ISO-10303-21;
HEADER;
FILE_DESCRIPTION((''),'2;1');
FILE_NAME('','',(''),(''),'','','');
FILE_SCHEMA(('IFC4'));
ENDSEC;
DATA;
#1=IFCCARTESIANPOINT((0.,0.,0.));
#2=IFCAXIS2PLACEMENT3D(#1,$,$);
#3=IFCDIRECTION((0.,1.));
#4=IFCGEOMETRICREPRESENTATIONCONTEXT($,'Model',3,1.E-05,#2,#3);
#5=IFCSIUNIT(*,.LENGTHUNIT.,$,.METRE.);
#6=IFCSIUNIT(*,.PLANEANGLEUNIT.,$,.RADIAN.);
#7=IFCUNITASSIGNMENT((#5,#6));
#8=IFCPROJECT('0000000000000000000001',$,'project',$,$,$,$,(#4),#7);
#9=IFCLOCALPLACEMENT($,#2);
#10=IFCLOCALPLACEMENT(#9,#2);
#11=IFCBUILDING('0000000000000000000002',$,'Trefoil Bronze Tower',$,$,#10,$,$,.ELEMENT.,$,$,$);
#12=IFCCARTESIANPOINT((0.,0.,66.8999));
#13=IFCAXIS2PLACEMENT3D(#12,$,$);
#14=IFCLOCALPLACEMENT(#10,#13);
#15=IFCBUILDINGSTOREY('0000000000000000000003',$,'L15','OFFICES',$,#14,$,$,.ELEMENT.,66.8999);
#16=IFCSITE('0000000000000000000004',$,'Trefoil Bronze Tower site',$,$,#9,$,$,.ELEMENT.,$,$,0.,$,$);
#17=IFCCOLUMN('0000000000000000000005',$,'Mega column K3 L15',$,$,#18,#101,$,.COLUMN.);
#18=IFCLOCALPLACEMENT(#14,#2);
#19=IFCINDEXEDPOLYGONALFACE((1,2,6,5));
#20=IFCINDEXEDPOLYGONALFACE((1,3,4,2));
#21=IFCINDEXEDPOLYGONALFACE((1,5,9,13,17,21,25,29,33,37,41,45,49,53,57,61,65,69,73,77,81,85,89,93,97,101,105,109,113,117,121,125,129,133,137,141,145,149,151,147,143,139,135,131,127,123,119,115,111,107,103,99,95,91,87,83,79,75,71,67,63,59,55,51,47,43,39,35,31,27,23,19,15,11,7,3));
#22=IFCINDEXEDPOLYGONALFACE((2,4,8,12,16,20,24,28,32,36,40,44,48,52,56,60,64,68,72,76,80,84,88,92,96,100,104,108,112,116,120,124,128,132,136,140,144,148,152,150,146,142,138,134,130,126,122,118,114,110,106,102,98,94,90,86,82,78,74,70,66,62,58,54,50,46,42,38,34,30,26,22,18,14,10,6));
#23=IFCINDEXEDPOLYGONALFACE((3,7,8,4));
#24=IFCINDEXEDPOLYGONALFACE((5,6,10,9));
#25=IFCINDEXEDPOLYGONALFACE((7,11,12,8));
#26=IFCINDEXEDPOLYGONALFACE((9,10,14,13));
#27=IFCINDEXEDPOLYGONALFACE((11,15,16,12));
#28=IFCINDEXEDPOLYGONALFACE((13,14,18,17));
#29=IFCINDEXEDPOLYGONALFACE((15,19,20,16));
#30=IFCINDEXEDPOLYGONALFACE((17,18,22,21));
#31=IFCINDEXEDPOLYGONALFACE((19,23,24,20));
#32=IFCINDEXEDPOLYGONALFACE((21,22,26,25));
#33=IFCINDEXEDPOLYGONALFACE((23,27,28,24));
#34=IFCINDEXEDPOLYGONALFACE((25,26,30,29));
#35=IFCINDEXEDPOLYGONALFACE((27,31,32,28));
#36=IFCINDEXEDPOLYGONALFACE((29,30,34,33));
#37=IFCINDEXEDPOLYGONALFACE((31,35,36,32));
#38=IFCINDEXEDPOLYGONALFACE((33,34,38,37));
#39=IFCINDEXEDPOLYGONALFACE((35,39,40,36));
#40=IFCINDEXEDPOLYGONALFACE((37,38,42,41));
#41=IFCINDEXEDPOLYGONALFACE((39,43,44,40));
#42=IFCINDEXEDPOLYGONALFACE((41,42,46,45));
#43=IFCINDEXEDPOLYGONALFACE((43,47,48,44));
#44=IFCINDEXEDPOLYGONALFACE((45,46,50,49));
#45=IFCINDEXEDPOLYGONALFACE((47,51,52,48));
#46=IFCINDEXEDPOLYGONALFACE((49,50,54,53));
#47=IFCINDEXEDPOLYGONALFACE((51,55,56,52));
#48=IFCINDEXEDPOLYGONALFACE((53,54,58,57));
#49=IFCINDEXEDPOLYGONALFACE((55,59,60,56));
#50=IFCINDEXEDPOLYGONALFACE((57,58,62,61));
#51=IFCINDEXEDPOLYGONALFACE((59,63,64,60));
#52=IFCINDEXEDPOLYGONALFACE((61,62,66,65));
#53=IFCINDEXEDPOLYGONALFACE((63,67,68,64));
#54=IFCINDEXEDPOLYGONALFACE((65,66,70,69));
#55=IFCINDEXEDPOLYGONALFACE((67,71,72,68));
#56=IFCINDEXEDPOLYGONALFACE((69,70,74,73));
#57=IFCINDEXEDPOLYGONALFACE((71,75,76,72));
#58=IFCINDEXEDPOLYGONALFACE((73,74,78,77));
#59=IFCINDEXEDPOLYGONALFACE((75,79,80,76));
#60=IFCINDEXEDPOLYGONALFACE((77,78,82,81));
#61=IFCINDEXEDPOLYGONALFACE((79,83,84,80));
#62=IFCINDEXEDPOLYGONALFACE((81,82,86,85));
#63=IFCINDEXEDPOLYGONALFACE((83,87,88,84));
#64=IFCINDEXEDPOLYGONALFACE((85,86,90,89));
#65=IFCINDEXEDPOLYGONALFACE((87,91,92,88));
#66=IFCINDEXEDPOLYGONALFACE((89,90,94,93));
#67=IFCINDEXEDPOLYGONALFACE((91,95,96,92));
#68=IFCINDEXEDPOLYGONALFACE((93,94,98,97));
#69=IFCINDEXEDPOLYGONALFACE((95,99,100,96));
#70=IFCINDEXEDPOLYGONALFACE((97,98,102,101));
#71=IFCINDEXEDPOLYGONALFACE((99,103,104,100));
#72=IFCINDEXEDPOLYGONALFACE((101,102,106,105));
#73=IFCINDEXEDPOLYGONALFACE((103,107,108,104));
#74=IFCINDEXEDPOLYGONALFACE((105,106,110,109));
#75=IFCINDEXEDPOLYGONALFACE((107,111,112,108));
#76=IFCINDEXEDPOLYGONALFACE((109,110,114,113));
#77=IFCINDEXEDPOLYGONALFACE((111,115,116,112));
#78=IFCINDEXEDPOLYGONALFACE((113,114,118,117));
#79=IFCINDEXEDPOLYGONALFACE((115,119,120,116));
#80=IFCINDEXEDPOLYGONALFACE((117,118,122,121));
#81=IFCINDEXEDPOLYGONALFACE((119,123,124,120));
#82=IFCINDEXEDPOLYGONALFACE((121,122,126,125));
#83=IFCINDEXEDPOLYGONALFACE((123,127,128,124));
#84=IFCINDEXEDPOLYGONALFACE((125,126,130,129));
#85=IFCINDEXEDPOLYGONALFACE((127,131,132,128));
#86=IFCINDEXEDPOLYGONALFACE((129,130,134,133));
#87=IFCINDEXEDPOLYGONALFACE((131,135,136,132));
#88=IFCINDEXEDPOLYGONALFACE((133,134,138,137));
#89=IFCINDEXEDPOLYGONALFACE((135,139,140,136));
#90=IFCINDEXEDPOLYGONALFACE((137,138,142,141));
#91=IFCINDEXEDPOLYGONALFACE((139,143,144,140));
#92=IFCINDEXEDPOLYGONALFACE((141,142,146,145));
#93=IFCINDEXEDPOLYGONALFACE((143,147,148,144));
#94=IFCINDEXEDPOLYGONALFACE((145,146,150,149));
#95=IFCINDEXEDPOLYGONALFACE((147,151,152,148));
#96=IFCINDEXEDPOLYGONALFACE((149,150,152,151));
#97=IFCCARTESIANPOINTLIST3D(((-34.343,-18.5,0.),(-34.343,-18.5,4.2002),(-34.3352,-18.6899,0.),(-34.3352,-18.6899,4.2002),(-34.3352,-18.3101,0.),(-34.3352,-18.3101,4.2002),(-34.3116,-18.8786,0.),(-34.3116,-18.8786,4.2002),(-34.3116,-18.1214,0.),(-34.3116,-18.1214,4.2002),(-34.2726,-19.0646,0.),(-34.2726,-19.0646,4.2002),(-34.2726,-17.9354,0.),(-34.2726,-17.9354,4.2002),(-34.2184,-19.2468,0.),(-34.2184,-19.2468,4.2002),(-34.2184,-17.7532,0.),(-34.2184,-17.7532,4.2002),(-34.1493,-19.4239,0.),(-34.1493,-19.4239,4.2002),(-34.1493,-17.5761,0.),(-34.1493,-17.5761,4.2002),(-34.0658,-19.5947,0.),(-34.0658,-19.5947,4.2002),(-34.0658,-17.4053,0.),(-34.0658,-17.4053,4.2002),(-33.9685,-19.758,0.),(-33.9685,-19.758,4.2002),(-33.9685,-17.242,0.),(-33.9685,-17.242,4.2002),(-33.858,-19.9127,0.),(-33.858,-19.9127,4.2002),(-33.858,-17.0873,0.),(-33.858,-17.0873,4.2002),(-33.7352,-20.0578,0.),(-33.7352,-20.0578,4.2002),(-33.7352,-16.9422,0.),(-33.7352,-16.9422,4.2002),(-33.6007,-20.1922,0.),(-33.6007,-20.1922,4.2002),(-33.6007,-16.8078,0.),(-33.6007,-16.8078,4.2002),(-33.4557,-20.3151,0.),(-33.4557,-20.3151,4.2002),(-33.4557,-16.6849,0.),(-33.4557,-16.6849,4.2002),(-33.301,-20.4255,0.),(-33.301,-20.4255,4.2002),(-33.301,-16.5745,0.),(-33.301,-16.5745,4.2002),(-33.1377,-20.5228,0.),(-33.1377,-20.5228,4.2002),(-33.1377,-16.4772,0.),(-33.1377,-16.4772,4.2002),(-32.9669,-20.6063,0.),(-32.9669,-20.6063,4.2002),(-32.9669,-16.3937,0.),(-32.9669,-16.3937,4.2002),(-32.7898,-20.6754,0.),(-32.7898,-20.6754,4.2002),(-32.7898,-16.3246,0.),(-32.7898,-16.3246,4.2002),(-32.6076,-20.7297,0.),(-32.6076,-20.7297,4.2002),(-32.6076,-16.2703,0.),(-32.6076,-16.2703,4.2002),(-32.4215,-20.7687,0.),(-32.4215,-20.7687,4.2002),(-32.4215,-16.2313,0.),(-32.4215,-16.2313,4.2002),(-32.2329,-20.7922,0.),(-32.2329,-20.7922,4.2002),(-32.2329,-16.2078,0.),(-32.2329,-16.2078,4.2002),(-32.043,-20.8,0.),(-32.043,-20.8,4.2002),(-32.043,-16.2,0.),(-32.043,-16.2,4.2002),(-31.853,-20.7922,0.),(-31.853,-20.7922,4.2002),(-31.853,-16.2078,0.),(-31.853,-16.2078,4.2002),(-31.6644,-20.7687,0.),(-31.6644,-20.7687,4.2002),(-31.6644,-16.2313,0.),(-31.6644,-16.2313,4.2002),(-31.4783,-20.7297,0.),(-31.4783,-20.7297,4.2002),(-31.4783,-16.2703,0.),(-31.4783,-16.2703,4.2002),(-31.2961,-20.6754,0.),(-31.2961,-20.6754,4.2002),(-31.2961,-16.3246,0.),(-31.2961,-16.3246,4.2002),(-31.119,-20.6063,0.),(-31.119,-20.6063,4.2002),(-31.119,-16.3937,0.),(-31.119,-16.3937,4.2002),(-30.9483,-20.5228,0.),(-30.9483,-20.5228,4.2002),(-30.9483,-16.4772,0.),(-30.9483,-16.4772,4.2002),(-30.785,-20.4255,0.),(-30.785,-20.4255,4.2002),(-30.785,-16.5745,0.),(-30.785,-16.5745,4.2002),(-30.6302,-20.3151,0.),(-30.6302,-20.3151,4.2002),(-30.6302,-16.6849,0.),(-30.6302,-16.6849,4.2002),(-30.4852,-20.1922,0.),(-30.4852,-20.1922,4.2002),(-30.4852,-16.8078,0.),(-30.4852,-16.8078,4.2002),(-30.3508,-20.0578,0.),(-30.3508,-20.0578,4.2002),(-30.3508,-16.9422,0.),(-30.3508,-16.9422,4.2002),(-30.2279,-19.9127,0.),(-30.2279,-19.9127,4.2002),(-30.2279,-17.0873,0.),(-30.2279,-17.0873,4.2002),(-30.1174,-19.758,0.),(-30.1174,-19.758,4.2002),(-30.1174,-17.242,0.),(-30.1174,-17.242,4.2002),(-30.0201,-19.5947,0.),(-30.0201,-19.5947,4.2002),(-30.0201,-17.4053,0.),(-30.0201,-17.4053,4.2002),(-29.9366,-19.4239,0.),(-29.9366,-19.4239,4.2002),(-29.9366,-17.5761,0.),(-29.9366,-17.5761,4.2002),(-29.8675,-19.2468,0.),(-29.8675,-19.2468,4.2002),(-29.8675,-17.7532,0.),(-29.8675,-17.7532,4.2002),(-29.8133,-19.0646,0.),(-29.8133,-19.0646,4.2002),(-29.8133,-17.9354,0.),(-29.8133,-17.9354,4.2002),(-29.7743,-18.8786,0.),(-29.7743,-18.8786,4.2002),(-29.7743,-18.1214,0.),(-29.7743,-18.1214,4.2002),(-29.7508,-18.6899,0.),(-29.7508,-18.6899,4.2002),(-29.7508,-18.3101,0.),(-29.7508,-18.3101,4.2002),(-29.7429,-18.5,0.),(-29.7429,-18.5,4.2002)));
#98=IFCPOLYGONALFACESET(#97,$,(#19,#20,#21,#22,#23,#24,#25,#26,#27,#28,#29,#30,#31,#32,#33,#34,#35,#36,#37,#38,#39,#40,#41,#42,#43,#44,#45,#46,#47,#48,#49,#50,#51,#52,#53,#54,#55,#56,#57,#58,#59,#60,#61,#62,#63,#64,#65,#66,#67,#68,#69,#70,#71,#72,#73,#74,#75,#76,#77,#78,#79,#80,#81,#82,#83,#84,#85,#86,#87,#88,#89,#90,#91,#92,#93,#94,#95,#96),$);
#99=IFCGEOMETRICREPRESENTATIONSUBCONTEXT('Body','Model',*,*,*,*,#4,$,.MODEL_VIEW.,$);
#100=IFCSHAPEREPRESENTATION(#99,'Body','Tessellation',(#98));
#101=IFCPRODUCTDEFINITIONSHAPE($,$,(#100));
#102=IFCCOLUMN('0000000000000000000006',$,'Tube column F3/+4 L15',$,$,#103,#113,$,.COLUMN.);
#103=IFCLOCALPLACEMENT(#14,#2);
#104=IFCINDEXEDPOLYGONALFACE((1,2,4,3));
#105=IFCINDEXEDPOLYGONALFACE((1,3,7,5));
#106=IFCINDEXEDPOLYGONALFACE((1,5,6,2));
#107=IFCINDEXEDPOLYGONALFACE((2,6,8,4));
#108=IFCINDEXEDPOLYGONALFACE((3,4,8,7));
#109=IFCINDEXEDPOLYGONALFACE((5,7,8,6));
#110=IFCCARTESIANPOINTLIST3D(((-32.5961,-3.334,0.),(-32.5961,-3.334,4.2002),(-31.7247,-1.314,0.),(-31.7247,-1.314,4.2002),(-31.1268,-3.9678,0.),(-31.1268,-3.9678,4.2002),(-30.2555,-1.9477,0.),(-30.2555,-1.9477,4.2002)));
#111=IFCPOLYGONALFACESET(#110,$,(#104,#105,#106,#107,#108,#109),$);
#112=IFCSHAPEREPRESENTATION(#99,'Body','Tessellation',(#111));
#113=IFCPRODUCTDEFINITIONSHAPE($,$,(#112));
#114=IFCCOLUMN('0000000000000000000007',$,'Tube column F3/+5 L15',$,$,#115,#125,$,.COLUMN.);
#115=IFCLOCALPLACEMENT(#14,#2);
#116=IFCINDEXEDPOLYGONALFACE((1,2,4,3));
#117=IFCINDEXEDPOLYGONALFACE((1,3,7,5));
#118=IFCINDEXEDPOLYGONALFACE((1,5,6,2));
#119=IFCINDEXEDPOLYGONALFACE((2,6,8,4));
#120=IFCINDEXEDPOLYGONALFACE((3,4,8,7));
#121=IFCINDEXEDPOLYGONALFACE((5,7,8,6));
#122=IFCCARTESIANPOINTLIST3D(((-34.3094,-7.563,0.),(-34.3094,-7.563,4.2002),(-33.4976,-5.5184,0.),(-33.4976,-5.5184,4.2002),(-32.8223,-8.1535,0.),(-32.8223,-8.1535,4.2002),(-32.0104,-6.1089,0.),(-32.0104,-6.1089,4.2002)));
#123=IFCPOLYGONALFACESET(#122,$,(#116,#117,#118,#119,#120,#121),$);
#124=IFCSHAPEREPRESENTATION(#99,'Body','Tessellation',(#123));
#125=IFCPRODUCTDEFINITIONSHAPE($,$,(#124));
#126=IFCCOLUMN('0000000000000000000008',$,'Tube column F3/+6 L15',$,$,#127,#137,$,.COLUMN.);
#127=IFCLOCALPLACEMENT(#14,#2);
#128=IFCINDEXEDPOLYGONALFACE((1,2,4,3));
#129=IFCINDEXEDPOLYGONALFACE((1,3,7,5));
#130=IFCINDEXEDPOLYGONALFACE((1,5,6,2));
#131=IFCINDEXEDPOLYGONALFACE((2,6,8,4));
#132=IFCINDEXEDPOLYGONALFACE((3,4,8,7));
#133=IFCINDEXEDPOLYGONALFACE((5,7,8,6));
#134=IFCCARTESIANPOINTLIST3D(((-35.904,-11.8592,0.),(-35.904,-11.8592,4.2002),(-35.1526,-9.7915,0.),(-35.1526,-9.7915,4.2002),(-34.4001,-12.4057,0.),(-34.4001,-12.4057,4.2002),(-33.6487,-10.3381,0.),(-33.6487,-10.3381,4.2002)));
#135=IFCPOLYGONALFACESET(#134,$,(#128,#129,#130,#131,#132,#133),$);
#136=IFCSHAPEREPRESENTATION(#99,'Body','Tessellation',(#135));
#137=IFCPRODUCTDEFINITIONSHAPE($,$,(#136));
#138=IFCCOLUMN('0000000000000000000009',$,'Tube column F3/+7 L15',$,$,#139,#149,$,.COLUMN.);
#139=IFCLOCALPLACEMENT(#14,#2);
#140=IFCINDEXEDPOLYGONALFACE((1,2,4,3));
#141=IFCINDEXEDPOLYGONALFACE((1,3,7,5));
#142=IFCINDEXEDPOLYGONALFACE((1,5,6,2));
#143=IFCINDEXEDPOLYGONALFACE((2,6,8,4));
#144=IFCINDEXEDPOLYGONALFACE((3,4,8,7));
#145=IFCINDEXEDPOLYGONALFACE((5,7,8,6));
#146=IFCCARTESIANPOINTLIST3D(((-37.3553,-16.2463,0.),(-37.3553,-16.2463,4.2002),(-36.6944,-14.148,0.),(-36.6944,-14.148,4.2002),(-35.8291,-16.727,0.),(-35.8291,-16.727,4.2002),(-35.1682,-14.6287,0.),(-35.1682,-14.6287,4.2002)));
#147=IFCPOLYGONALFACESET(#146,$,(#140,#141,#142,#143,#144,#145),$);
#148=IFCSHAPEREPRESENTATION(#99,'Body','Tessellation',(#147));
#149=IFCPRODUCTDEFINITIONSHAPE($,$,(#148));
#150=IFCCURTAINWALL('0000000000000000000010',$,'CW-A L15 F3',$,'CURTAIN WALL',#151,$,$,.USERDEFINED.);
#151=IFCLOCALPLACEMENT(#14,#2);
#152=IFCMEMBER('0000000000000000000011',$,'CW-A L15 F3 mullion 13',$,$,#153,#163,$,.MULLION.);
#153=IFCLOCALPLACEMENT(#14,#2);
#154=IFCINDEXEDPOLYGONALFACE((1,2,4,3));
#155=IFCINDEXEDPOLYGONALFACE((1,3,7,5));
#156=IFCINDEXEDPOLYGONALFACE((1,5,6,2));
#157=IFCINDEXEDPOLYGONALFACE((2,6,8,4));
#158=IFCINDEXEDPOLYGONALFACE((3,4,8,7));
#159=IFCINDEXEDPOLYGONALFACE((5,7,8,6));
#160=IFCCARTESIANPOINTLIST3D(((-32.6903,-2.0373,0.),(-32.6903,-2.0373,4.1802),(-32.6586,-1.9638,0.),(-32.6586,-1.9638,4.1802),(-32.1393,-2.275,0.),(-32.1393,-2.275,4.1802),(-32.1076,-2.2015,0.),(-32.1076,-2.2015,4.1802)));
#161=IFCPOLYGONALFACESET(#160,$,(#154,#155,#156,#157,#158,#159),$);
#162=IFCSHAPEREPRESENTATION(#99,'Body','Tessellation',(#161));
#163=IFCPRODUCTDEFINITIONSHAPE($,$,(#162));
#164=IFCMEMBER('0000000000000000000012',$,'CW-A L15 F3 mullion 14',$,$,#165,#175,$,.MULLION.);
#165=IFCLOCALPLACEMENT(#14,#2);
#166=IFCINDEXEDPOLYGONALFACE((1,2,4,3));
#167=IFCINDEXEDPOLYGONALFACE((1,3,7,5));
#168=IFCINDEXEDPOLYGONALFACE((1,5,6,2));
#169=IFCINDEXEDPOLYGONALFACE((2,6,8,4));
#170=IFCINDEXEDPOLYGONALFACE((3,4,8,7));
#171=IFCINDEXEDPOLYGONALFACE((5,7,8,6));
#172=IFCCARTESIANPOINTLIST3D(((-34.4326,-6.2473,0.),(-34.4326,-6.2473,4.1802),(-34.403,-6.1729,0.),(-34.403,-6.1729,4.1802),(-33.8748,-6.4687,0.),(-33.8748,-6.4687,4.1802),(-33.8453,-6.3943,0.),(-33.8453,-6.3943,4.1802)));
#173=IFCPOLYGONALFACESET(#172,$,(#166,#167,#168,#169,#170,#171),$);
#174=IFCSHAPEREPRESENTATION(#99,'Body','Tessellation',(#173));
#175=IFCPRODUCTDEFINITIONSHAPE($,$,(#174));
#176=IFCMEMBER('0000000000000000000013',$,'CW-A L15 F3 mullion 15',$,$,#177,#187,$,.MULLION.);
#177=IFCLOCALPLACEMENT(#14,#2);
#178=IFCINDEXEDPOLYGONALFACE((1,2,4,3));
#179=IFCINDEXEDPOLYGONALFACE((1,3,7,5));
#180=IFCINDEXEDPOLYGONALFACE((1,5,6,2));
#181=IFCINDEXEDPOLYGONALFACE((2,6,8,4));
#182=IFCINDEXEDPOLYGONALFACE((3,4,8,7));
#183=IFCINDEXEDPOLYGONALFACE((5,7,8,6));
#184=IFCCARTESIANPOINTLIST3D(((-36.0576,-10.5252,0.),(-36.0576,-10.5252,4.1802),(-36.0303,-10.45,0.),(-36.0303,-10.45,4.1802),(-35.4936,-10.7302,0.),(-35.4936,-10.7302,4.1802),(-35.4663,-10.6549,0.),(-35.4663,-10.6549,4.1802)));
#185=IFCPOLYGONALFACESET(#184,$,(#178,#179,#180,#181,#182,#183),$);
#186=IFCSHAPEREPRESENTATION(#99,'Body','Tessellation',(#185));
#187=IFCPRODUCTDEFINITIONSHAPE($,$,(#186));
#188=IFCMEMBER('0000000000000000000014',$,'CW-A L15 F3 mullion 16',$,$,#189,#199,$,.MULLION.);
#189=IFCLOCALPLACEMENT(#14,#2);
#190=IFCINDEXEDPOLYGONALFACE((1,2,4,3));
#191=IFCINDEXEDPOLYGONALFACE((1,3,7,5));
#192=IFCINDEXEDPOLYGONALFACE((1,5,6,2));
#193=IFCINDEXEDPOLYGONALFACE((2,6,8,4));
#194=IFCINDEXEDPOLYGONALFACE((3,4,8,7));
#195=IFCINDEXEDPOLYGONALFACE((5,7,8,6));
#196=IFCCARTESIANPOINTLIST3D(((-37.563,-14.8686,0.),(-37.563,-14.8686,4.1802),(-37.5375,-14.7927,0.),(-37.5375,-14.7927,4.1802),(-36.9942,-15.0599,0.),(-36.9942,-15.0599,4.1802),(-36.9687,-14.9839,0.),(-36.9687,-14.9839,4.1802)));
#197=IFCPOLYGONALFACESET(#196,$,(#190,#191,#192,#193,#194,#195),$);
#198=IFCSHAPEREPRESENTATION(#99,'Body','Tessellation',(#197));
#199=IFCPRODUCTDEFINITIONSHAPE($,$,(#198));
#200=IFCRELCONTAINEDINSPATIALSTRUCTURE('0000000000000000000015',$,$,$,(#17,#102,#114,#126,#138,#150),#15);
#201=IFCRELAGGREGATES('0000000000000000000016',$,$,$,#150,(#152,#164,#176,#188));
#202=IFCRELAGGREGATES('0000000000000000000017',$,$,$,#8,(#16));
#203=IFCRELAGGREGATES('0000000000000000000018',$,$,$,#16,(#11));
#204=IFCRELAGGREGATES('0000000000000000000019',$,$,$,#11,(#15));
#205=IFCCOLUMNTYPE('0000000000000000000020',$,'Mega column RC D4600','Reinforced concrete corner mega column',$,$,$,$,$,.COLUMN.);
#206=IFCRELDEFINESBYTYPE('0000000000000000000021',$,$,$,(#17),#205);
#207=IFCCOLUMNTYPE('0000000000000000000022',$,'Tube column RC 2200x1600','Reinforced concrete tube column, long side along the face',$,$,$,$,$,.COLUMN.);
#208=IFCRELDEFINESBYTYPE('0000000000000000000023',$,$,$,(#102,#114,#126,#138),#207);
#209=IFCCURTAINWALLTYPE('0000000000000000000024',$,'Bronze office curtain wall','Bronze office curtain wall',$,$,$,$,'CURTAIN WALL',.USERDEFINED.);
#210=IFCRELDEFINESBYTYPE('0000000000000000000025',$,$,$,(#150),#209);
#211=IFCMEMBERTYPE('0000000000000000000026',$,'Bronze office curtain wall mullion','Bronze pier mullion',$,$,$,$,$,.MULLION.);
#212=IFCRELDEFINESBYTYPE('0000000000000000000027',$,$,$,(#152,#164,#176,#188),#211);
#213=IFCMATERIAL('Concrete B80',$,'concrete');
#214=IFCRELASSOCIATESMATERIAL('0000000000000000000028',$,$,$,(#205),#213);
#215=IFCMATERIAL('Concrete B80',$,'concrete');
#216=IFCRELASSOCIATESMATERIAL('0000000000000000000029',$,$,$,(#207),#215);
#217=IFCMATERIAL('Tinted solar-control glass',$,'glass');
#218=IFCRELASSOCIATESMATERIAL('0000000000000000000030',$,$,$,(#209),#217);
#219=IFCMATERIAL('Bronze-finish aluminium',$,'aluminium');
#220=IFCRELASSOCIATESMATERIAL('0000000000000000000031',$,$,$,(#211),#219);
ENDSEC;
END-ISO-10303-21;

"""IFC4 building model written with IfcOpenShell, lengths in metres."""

from ifc_helpers import new_model, si_unit, direction, frame, origin, origin_2d, place, context, subcontext, project, spatial, rectangle, circle, extrude, material, material_profile, profile_set, type_object, element, aggregate, save


model = new_model("IFC4")

# Units and contexts
model_context = context("Model", 3, precision=1e-05, world=origin(), true_north=direction((0.0, 1.0)))
body_context = subcontext(model_context, "Body", "Model", "MODEL_VIEW")
ifc_project = project(units=[si_unit("LENGTHUNIT", "METRE"), si_unit("PLANEANGLEUNIT", "RADIAN")], contexts=[model_context])

# Site, building, storey
site_placement = place(None, origin())
site = spatial("IfcSite", under=ifc_project, at=site_placement, Name="Trefoil Bronze Tower site", CompositionType="ELEMENT", RefElevation=0.0)
building_placement = place(site_placement, origin())
building = spatial("IfcBuilding", under=site, at=building_placement, Name="Trefoil Bronze Tower", CompositionType="ELEMENT")
storey_placement = place(building_placement, frame((0.0, 0.0, 66.8999)))
storey = spatial("IfcBuildingStorey", under=building, at=storey_placement, Name="L15", Description="OFFICES", CompositionType="ELEMENT", Elevation=66.8999)

# Columns
ifc_material_1 = material(Name="Concrete B80", Category="concrete")
ifc_material_profile_1 = material_profile(ifc_material_1, circle(Radius=2.3, at=origin_2d()), Name="RC D4600")
ifc_profile_set_1 = profile_set([ifc_material_profile_1], Name="Concrete B80")
column_type_1 = type_object("IfcColumnType", Name="Mega column RC D4600", Description="Reinforced concrete corner mega column", PredefinedType="COLUMN", material=ifc_profile_set_1)
column_placement = place(storey_placement, frame((-32.043, -18.5, 0.0), z_axis=(0.0, 0.0, 1.0), x_axis=(1.0, 0.0, 0.0)))
element("IfcColumn", 1, at=column_placement, inside=storey, type_object=column_type_1, Name="Mega column K3 L15", PredefinedType="COLUMN", context=body_context, shape_type="SweptSolid", body=[
    extrude(circle(Radius=2.3, at=origin_2d()), origin(), (0.0, 0.0, 1.0), 4.2002),
])
ifc_material_2 = material(Name="Concrete B80", Category="concrete")
ifc_material_profile_2 = material_profile(ifc_material_2, rectangle(XDim=2.2, YDim=1.6001, at=origin_2d()), Name="RC 2200x1600")
ifc_profile_set_2 = profile_set([ifc_material_profile_2], Name="Concrete B80")
column_type_2 = type_object("IfcColumnType", Name="Tube column RC 2200x1600", Description="Reinforced concrete tube column, long side along the face", PredefinedType="COLUMN", material=ifc_profile_set_2)
for number, where, z_axis, x_axis, name in (
    (2, (-31.4258, -2.6409, 0.0), (0.0, 0.0, 1.0), (-0.396085, -0.918214, 0.0), "Tube column F3/+4 L15"),
    (3, (-33.1599, -6.8359, 0.0), (0.0, 0.0, 1.0), (-0.36904, -0.929414, 0.0), "Tube column F3/+5 L15"),
    (4, (-34.7764, -11.0986, 0.0), (0.0, 0.0, 1.0), (-0.341559, -0.93986, 0.0), "Tube column F3/+6 L15"),
    (5, (-36.2617, -15.4375, 0.0), (0.0, 0.0, 1.0), (-0.300414, -0.953809, 0.0), "Tube column F3/+7 L15"),
):
    element("IfcColumn", number, at=place(storey_placement, frame(where, z_axis=z_axis, x_axis=x_axis)), inside=storey, type_object=column_type_2, Name=name, PredefinedType="COLUMN", context=body_context, shape_type="SweptSolid", body=[
        extrude(rectangle(XDim=2.2, YDim=1.6001, at=origin_2d()), origin(), (0.0, 0.0, 1.0), 4.2002),
    ])

# Curtain wall, members
ifc_material_3 = material(Name="Tinted solar-control glass", Category="glass")
curtain_wall_type_1 = type_object("IfcCurtainWallType", Name="Bronze office curtain wall", Description="Bronze office curtain wall", ElementType="CURTAIN WALL", PredefinedType="USERDEFINED", material=ifc_material_3)
curtain_wall_1_placement = place(storey_placement, origin())
curtain_wall_1 = element("IfcCurtainWall", 6, at=curtain_wall_1_placement, inside=storey, type_object=curtain_wall_type_1, Name="CW-A L15 F3", ObjectType="CURTAIN WALL", PredefinedType="USERDEFINED")
ifc_material_4 = material(Name="Bronze-finish aluminium", Category="aluminium")
ifc_material_profile_3 = material_profile(ifc_material_4, rectangle(XDim=0.6001, YDim=0.0801, at=origin_2d()), Name="CW-A mullion")
ifc_profile_set_3 = profile_set([ifc_material_profile_3], Name="Bronze-finish aluminium")
member_type_1 = type_object("IfcMemberType", Name="Bronze office curtain wall mullion", Description="Bronze pier mullion", PredefinedType="MULLION", material=ifc_profile_set_3)
member_1_placement = place(storey_placement, frame((-32.3989, -2.1194, 0.0), z_axis=(0.0, 0.0, 1.0), x_axis=(0.918214, -0.396085, 0.0)))
member_1 = element("IfcMember", 7, at=member_1_placement, type_object=member_type_1, Name="CW-A L15 F3 mullion 13", PredefinedType="MULLION", context=body_context, shape_type="SweptSolid", body=[
    extrude(rectangle(XDim=0.6001, YDim=0.0801, at=origin_2d()), origin(), (0.0, 0.0, 1.0), 4.1802),
])
member_2_placement = place(storey_placement, frame((-34.1389, -6.3208, 0.0), z_axis=(0.0, 0.0, 1.0), x_axis=(0.929414, -0.36904, 0.0)))
member_2 = element("IfcMember", 8, at=member_2_placement, type_object=member_type_1, Name="CW-A L15 F3 mullion 14", PredefinedType="MULLION", context=body_context, shape_type="SweptSolid", body=[
    extrude(rectangle(XDim=0.6001, YDim=0.0801, at=origin_2d()), origin(), (0.0, 0.0, 1.0), 4.1802),
])
member_3_placement = place(storey_placement, frame((-35.762, -10.5901, 0.0), z_axis=(0.0, 0.0, 1.0), x_axis=(0.93986, -0.341559, 0.0)))
member_3 = element("IfcMember", 9, at=member_3_placement, type_object=member_type_1, Name="CW-A L15 F3 mullion 15", PredefinedType="MULLION", context=body_context, shape_type="SweptSolid", body=[
    extrude(rectangle(XDim=0.6001, YDim=0.0801, at=origin_2d()), origin(), (0.0, 0.0, 1.0), 4.1802),
])
member_4_placement = place(storey_placement, frame((-37.2659, -14.9263, 0.0), z_axis=(0.0, 0.0, 1.0), x_axis=(0.947851, -0.318715, 0.0)))
member_4 = element("IfcMember", 10, at=member_4_placement, type_object=member_type_1, Name="CW-A L15 F3 mullion 16", PredefinedType="MULLION", context=body_context, shape_type="SweptSolid", body=[
    extrude(rectangle(XDim=0.6001, YDim=0.0801, at=origin_2d()), origin(), (0.0, 0.0, 1.0), 4.1802),
])

aggregate(curtain_wall_1, [member_1, member_2, member_3, member_4])

save(model, "model.ifc")
